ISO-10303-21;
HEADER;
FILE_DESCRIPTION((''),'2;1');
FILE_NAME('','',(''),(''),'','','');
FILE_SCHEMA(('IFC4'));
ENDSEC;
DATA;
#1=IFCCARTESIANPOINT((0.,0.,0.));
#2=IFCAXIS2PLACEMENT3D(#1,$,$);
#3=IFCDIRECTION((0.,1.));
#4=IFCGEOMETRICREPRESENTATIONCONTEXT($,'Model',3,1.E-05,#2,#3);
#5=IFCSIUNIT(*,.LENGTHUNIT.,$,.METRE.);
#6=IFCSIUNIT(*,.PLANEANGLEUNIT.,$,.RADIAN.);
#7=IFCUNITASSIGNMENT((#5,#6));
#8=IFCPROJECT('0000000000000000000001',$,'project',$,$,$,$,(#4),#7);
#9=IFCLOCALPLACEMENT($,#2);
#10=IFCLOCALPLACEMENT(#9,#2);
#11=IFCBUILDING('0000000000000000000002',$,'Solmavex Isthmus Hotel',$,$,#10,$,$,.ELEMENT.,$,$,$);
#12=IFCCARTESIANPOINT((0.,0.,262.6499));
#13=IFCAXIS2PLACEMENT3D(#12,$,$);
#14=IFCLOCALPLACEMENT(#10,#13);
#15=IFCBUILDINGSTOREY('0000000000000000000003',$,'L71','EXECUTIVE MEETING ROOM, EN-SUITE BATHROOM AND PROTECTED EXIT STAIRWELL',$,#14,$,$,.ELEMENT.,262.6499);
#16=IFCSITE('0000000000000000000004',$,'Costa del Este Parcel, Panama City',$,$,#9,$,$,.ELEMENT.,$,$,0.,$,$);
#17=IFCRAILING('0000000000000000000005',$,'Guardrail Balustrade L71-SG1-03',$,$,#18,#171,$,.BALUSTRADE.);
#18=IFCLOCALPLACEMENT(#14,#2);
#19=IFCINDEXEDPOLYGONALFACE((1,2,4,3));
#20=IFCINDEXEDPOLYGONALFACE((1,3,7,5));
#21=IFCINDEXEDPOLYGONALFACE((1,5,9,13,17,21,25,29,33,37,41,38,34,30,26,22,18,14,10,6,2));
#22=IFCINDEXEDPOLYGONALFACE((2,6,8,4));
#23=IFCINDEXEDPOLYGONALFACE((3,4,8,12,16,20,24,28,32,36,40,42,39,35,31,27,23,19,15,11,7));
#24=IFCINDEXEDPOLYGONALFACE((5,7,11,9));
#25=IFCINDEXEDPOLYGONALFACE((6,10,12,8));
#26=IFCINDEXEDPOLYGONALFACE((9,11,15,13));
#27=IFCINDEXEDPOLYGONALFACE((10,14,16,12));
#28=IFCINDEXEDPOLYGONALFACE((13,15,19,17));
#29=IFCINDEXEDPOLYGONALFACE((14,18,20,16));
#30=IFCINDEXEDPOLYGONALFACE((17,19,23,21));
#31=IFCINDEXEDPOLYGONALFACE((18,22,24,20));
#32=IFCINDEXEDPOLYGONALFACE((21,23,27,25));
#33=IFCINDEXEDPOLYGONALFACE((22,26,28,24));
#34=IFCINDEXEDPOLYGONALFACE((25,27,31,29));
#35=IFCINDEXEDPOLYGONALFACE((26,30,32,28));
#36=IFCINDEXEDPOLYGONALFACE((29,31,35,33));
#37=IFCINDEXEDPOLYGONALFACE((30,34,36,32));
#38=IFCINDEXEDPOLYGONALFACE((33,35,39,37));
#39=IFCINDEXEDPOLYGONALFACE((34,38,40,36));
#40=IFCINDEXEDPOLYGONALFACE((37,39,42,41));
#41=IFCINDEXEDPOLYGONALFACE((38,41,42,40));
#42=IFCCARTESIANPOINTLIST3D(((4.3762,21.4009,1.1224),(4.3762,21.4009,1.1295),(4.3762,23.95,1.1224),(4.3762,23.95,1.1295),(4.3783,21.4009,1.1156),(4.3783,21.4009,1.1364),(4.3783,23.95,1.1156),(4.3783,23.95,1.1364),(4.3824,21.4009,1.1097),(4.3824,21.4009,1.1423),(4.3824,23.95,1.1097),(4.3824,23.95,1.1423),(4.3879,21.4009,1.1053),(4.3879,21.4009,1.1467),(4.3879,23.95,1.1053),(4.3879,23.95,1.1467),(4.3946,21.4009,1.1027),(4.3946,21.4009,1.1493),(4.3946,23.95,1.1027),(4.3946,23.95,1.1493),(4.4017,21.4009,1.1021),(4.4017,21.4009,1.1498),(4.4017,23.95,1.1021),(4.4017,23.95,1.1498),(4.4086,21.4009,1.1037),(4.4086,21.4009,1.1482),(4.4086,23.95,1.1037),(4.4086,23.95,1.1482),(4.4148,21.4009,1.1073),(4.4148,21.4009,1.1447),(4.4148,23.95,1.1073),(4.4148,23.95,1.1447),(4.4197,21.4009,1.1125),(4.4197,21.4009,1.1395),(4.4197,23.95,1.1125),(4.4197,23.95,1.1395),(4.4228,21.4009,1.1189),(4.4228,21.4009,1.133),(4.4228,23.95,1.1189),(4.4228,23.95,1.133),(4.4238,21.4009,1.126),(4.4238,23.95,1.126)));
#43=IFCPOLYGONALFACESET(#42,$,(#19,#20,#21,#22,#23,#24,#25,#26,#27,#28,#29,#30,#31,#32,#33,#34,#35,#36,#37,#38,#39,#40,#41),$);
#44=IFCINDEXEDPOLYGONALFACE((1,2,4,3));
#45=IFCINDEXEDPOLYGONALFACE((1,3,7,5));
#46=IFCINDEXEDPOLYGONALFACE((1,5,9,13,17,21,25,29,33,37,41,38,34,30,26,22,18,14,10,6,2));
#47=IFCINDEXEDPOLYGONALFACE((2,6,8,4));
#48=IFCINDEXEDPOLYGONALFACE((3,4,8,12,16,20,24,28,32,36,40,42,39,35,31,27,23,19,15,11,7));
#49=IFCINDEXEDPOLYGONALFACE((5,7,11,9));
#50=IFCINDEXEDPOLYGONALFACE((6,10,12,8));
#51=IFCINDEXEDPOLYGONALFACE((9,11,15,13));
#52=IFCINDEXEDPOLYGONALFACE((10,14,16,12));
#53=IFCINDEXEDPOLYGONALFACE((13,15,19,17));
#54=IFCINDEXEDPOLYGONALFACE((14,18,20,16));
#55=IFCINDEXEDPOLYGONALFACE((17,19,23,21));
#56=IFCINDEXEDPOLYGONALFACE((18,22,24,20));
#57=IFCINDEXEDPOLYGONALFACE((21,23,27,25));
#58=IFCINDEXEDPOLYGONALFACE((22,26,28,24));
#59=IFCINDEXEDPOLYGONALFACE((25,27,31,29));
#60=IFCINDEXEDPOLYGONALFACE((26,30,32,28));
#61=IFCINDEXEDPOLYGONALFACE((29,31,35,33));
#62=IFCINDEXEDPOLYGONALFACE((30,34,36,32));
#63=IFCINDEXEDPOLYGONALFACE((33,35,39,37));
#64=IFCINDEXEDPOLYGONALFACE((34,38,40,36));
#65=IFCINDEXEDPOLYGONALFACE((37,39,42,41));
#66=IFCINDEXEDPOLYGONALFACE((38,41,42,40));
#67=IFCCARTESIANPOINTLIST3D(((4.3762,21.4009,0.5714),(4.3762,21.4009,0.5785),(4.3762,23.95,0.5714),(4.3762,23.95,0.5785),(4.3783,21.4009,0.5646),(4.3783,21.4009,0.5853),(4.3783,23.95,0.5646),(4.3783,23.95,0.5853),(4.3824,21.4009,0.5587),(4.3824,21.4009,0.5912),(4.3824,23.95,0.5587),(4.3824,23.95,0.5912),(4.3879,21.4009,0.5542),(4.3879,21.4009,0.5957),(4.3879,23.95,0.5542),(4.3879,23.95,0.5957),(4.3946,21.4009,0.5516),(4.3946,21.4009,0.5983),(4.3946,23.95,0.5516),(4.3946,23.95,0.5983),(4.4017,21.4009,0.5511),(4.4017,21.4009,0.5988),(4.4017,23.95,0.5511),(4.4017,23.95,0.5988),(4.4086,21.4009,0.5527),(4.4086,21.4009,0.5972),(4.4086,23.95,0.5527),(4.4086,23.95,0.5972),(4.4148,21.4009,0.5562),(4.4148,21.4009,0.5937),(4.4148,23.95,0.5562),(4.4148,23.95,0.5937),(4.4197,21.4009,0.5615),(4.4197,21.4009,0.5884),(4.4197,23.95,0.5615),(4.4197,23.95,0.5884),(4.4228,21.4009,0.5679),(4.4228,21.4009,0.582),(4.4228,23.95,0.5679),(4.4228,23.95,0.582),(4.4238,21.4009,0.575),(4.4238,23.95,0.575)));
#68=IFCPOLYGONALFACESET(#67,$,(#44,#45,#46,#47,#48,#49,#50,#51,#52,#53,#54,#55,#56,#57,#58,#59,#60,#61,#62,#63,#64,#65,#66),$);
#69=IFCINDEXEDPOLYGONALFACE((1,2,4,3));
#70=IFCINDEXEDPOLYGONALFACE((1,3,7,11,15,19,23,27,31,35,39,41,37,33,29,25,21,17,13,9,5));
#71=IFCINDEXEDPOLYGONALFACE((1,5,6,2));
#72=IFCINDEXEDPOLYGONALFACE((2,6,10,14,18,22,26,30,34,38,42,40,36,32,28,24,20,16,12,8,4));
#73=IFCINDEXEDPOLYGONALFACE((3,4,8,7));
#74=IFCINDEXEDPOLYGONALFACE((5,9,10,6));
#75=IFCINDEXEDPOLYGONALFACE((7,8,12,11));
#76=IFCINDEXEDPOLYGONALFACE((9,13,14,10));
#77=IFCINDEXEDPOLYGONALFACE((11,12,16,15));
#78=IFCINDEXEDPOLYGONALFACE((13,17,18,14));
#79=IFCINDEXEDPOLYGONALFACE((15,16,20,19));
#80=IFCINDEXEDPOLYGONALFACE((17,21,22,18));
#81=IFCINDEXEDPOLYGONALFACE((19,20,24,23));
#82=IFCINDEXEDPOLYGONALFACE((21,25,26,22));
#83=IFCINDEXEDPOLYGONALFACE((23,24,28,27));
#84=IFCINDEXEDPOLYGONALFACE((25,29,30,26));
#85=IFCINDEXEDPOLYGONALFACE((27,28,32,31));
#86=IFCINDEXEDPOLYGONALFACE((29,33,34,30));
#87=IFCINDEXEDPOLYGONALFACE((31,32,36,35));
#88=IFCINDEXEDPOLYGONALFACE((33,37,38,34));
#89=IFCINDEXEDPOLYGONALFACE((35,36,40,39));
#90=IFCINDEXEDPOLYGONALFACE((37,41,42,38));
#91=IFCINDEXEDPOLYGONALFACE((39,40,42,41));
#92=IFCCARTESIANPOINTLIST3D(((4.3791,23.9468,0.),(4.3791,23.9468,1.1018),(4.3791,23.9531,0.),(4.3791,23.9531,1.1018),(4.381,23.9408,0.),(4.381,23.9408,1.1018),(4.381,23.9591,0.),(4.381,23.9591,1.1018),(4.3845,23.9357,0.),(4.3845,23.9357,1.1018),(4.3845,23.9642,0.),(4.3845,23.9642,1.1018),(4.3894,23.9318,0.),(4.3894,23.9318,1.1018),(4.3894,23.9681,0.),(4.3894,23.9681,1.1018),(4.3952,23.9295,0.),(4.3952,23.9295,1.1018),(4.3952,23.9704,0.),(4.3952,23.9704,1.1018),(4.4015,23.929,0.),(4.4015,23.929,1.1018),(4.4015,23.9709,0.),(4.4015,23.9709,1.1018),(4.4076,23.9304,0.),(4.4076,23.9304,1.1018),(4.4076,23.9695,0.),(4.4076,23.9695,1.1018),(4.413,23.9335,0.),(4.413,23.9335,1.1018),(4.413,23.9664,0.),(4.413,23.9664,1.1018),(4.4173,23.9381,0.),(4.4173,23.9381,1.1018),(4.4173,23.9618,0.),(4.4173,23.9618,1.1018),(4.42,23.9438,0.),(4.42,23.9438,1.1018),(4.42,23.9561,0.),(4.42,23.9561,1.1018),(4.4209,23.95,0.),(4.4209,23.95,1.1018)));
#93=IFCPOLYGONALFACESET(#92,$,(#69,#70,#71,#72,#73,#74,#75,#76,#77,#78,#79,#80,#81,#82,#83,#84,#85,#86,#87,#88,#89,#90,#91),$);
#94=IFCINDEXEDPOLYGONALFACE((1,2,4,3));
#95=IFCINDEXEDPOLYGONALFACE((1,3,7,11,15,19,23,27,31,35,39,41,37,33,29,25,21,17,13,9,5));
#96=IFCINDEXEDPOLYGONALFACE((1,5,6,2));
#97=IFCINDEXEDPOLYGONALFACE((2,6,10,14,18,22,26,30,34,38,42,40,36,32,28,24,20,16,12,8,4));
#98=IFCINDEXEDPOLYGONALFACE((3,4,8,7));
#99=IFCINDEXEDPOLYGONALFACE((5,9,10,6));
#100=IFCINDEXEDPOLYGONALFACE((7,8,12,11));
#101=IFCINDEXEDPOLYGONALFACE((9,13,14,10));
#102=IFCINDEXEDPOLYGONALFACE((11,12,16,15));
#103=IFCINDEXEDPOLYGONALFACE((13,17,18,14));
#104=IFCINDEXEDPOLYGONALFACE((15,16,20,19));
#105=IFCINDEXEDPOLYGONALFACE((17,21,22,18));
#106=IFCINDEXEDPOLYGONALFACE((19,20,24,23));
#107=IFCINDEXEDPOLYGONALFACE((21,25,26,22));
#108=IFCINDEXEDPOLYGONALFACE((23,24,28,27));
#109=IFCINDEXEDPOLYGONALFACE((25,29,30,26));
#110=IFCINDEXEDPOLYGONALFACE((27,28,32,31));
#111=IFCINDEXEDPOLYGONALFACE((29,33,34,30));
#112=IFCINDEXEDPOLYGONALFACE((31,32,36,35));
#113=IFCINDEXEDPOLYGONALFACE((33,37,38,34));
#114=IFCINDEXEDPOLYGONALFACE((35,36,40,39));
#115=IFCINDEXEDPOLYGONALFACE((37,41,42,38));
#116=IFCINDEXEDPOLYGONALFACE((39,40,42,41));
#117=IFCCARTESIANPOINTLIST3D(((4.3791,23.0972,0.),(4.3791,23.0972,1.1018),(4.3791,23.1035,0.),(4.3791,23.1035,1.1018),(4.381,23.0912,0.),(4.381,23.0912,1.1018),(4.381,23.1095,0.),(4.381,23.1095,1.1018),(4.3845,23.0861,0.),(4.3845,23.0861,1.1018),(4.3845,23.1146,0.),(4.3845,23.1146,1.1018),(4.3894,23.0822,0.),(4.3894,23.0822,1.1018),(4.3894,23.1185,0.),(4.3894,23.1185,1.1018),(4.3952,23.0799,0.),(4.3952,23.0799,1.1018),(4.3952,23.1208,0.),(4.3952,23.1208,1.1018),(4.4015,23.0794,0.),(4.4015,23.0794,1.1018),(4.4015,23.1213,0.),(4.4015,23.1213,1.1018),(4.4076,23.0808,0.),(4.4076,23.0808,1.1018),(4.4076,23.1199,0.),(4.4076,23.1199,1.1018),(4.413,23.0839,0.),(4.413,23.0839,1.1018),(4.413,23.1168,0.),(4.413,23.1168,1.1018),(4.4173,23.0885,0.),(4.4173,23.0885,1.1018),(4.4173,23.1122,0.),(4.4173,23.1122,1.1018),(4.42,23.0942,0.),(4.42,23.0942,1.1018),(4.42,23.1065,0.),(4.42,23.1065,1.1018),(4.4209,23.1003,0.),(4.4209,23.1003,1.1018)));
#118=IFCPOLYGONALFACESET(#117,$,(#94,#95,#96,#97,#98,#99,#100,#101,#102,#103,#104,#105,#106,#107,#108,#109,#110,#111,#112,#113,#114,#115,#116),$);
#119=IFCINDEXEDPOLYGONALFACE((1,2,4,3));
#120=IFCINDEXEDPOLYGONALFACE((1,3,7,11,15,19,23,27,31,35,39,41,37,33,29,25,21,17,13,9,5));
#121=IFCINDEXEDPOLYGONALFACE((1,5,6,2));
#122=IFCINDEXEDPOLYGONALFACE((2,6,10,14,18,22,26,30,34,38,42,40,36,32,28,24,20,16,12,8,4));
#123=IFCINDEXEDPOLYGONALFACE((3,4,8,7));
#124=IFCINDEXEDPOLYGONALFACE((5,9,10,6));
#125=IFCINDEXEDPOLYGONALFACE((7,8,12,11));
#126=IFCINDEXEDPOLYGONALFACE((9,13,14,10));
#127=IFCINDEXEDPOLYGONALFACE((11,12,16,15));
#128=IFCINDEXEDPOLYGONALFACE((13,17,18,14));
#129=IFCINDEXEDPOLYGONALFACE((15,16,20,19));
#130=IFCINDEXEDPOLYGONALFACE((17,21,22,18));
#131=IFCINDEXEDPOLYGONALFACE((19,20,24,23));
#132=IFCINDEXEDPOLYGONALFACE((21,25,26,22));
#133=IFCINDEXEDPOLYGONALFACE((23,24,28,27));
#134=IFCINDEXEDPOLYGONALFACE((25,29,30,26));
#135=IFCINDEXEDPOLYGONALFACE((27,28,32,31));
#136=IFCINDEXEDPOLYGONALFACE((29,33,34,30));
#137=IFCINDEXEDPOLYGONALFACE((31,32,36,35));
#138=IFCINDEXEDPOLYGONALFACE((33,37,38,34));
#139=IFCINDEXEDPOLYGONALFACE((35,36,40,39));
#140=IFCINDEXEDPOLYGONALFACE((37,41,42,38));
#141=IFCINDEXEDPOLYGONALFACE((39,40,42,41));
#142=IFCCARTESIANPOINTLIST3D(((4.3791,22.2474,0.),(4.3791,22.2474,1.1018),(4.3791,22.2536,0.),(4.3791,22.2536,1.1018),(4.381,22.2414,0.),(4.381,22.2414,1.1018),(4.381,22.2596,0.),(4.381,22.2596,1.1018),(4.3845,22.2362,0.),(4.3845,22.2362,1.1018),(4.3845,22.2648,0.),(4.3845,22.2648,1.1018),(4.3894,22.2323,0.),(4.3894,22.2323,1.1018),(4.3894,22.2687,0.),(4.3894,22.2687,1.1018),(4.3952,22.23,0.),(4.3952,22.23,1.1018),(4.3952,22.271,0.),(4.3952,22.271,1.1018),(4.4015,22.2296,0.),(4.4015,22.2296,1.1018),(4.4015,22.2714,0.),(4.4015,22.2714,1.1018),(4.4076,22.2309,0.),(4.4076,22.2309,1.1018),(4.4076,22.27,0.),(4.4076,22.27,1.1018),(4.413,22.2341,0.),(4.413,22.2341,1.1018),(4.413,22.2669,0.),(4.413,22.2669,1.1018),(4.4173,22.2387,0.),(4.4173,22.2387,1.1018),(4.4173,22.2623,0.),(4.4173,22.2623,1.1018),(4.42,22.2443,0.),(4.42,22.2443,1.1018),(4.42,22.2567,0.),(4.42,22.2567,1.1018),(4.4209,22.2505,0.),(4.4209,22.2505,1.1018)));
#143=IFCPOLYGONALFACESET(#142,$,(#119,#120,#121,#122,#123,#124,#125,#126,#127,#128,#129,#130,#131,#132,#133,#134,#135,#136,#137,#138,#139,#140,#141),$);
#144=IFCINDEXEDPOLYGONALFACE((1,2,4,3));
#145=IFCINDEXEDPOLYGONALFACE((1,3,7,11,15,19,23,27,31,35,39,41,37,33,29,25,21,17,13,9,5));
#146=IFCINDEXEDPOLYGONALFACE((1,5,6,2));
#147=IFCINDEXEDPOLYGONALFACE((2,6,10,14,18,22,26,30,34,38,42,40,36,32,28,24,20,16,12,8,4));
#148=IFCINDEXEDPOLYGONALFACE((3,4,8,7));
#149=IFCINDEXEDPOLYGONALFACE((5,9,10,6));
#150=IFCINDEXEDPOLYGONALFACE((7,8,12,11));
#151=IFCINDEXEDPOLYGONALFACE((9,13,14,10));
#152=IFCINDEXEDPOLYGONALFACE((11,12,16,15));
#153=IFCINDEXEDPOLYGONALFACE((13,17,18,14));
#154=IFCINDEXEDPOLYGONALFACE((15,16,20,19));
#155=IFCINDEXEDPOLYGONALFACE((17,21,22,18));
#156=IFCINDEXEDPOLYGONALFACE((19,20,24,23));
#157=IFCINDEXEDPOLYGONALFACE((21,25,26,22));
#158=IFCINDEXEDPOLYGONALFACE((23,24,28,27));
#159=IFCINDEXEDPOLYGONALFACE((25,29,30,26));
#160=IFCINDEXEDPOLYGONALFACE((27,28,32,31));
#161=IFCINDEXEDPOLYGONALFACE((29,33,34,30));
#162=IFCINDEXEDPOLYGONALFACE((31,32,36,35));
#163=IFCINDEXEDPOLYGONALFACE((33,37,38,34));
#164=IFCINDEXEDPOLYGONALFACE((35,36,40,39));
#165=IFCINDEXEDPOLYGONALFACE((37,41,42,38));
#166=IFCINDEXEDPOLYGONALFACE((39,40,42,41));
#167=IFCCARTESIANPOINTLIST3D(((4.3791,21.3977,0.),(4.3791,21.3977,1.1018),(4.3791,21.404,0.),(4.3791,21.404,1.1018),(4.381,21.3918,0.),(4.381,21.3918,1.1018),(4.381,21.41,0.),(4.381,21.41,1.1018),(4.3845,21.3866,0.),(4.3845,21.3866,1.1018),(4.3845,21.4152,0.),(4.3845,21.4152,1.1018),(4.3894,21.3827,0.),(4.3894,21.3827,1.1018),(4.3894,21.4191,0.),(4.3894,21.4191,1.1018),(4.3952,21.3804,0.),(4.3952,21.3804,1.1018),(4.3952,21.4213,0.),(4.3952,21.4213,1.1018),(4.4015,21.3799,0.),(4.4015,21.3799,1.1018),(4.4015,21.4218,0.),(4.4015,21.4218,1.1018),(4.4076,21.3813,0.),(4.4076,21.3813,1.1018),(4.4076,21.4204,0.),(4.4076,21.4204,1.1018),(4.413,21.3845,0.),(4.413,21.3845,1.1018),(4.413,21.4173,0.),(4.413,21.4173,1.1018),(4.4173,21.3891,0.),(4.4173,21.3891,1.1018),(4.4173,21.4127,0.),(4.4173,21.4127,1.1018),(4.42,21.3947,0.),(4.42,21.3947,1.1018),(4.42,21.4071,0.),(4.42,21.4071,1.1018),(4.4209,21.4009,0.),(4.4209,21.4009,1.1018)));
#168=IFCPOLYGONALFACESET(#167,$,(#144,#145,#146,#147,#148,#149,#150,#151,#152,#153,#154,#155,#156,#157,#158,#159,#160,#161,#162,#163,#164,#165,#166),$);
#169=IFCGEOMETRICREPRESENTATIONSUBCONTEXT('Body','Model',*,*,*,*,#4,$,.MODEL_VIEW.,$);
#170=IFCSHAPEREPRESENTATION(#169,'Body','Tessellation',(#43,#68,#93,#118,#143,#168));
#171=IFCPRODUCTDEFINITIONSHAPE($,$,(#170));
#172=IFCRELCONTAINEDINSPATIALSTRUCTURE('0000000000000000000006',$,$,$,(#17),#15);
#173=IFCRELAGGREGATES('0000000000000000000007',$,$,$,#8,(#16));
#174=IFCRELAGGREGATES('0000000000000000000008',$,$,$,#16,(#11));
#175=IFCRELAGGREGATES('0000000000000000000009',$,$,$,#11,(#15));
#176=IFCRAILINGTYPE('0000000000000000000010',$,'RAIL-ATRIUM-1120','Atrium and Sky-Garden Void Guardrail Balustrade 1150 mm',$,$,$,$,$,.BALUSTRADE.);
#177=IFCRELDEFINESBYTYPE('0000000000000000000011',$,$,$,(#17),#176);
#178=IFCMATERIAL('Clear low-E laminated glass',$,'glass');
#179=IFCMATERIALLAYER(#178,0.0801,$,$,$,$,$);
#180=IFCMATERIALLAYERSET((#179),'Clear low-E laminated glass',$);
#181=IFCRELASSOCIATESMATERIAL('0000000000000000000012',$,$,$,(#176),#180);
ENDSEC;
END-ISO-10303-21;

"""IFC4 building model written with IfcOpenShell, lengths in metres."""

from ifc_helpers import new_model, si_unit, direction, frame, origin, origin_2d, place, context, subcontext, project, spatial, circle, extrude, material, layer, layer_set, type_object, element, save


model = new_model("IFC4")

# Units and contexts
model_context = context("Model", 3, precision=1e-05, world=origin(), true_north=direction((0.0, 1.0)))
body_context = subcontext(model_context, "Body", "Model", "MODEL_VIEW")
ifc_project = project(units=[si_unit("LENGTHUNIT", "METRE"), si_unit("PLANEANGLEUNIT", "RADIAN")], contexts=[model_context])

# Site, building, storey
site_placement = place(None, origin())
site = spatial("IfcSite", under=ifc_project, at=site_placement, Name="Costa del Este Parcel, Panama City", CompositionType="ELEMENT", RefElevation=0.0)
building_placement = place(site_placement, origin())
building = spatial("IfcBuilding", under=site, at=building_placement, Name="Solmavex Isthmus Hotel", CompositionType="ELEMENT")
storey_placement = place(building_placement, frame((0.0, 0.0, 262.6499)))
storey = spatial("IfcBuildingStorey", under=building, at=storey_placement, Name="L71", Description="EXECUTIVE MEETING ROOM, EN-SUITE BATHROOM AND PROTECTED EXIT STAIRWELL", CompositionType="ELEMENT", Elevation=262.6499)

# Shared definitions
ifc_material_1 = material(Name="Clear low-E laminated glass", Category="glass")

# Railing
ifc_layer_1 = layer(ifc_material_1, 0.0801)
ifc_layer_set_1 = layer_set([ifc_layer_1], Name="Clear low-E laminated glass")
railing_type_1 = type_object("IfcRailingType", Name="RAIL-ATRIUM-1120", Description="Atrium and Sky-Garden Void Guardrail Balustrade 1150 mm", PredefinedType="BALUSTRADE", material=ifc_layer_set_1)
railing_1_placement = place(storey_placement, frame((4.3999, 23.95, 0.0)))
element("IfcRailing", 1, at=railing_1_placement, inside=storey, type_object=railing_type_1, Name="Guardrail Balustrade L71-SG1-03", PredefinedType="BALUSTRADE", context=body_context, shape_type="SweptSolid", body=[
    extrude(circle(Radius=0.0239, at=origin_2d()), frame((0.0, 0.0, 1.126), z_axis=(0.0, -1.0, 0.0), x_axis=(1.0, 0.0, 0.0)), (0.0, 0.0, 1.0), 2.5491),
    extrude(circle(Radius=0.0239, at=origin_2d()), frame((0.0, 0.0, 0.575), z_axis=(0.0, -1.0, 0.0), x_axis=(1.0, 0.0, 0.0)), (0.0, 0.0, 1.0), 2.5491),
    extrude(circle(Radius=0.021, at=origin_2d()), origin(), (0.0, 0.0, 1.0), 1.1018),
    extrude(circle(Radius=0.021, at=origin_2d()), frame((0.0, -0.8496, 0.0)), (0.0, 0.0, 1.0), 1.1018),
    extrude(circle(Radius=0.021, at=origin_2d()), frame((0.0, -1.6995, 0.0)), (0.0, 0.0, 1.0), 1.1018),
    extrude(circle(Radius=0.021, at=origin_2d()), frame((0.0, -2.5491, 0.0)), (0.0, 0.0, 1.0), 1.1018),
])

save(model, "model.ifc")
